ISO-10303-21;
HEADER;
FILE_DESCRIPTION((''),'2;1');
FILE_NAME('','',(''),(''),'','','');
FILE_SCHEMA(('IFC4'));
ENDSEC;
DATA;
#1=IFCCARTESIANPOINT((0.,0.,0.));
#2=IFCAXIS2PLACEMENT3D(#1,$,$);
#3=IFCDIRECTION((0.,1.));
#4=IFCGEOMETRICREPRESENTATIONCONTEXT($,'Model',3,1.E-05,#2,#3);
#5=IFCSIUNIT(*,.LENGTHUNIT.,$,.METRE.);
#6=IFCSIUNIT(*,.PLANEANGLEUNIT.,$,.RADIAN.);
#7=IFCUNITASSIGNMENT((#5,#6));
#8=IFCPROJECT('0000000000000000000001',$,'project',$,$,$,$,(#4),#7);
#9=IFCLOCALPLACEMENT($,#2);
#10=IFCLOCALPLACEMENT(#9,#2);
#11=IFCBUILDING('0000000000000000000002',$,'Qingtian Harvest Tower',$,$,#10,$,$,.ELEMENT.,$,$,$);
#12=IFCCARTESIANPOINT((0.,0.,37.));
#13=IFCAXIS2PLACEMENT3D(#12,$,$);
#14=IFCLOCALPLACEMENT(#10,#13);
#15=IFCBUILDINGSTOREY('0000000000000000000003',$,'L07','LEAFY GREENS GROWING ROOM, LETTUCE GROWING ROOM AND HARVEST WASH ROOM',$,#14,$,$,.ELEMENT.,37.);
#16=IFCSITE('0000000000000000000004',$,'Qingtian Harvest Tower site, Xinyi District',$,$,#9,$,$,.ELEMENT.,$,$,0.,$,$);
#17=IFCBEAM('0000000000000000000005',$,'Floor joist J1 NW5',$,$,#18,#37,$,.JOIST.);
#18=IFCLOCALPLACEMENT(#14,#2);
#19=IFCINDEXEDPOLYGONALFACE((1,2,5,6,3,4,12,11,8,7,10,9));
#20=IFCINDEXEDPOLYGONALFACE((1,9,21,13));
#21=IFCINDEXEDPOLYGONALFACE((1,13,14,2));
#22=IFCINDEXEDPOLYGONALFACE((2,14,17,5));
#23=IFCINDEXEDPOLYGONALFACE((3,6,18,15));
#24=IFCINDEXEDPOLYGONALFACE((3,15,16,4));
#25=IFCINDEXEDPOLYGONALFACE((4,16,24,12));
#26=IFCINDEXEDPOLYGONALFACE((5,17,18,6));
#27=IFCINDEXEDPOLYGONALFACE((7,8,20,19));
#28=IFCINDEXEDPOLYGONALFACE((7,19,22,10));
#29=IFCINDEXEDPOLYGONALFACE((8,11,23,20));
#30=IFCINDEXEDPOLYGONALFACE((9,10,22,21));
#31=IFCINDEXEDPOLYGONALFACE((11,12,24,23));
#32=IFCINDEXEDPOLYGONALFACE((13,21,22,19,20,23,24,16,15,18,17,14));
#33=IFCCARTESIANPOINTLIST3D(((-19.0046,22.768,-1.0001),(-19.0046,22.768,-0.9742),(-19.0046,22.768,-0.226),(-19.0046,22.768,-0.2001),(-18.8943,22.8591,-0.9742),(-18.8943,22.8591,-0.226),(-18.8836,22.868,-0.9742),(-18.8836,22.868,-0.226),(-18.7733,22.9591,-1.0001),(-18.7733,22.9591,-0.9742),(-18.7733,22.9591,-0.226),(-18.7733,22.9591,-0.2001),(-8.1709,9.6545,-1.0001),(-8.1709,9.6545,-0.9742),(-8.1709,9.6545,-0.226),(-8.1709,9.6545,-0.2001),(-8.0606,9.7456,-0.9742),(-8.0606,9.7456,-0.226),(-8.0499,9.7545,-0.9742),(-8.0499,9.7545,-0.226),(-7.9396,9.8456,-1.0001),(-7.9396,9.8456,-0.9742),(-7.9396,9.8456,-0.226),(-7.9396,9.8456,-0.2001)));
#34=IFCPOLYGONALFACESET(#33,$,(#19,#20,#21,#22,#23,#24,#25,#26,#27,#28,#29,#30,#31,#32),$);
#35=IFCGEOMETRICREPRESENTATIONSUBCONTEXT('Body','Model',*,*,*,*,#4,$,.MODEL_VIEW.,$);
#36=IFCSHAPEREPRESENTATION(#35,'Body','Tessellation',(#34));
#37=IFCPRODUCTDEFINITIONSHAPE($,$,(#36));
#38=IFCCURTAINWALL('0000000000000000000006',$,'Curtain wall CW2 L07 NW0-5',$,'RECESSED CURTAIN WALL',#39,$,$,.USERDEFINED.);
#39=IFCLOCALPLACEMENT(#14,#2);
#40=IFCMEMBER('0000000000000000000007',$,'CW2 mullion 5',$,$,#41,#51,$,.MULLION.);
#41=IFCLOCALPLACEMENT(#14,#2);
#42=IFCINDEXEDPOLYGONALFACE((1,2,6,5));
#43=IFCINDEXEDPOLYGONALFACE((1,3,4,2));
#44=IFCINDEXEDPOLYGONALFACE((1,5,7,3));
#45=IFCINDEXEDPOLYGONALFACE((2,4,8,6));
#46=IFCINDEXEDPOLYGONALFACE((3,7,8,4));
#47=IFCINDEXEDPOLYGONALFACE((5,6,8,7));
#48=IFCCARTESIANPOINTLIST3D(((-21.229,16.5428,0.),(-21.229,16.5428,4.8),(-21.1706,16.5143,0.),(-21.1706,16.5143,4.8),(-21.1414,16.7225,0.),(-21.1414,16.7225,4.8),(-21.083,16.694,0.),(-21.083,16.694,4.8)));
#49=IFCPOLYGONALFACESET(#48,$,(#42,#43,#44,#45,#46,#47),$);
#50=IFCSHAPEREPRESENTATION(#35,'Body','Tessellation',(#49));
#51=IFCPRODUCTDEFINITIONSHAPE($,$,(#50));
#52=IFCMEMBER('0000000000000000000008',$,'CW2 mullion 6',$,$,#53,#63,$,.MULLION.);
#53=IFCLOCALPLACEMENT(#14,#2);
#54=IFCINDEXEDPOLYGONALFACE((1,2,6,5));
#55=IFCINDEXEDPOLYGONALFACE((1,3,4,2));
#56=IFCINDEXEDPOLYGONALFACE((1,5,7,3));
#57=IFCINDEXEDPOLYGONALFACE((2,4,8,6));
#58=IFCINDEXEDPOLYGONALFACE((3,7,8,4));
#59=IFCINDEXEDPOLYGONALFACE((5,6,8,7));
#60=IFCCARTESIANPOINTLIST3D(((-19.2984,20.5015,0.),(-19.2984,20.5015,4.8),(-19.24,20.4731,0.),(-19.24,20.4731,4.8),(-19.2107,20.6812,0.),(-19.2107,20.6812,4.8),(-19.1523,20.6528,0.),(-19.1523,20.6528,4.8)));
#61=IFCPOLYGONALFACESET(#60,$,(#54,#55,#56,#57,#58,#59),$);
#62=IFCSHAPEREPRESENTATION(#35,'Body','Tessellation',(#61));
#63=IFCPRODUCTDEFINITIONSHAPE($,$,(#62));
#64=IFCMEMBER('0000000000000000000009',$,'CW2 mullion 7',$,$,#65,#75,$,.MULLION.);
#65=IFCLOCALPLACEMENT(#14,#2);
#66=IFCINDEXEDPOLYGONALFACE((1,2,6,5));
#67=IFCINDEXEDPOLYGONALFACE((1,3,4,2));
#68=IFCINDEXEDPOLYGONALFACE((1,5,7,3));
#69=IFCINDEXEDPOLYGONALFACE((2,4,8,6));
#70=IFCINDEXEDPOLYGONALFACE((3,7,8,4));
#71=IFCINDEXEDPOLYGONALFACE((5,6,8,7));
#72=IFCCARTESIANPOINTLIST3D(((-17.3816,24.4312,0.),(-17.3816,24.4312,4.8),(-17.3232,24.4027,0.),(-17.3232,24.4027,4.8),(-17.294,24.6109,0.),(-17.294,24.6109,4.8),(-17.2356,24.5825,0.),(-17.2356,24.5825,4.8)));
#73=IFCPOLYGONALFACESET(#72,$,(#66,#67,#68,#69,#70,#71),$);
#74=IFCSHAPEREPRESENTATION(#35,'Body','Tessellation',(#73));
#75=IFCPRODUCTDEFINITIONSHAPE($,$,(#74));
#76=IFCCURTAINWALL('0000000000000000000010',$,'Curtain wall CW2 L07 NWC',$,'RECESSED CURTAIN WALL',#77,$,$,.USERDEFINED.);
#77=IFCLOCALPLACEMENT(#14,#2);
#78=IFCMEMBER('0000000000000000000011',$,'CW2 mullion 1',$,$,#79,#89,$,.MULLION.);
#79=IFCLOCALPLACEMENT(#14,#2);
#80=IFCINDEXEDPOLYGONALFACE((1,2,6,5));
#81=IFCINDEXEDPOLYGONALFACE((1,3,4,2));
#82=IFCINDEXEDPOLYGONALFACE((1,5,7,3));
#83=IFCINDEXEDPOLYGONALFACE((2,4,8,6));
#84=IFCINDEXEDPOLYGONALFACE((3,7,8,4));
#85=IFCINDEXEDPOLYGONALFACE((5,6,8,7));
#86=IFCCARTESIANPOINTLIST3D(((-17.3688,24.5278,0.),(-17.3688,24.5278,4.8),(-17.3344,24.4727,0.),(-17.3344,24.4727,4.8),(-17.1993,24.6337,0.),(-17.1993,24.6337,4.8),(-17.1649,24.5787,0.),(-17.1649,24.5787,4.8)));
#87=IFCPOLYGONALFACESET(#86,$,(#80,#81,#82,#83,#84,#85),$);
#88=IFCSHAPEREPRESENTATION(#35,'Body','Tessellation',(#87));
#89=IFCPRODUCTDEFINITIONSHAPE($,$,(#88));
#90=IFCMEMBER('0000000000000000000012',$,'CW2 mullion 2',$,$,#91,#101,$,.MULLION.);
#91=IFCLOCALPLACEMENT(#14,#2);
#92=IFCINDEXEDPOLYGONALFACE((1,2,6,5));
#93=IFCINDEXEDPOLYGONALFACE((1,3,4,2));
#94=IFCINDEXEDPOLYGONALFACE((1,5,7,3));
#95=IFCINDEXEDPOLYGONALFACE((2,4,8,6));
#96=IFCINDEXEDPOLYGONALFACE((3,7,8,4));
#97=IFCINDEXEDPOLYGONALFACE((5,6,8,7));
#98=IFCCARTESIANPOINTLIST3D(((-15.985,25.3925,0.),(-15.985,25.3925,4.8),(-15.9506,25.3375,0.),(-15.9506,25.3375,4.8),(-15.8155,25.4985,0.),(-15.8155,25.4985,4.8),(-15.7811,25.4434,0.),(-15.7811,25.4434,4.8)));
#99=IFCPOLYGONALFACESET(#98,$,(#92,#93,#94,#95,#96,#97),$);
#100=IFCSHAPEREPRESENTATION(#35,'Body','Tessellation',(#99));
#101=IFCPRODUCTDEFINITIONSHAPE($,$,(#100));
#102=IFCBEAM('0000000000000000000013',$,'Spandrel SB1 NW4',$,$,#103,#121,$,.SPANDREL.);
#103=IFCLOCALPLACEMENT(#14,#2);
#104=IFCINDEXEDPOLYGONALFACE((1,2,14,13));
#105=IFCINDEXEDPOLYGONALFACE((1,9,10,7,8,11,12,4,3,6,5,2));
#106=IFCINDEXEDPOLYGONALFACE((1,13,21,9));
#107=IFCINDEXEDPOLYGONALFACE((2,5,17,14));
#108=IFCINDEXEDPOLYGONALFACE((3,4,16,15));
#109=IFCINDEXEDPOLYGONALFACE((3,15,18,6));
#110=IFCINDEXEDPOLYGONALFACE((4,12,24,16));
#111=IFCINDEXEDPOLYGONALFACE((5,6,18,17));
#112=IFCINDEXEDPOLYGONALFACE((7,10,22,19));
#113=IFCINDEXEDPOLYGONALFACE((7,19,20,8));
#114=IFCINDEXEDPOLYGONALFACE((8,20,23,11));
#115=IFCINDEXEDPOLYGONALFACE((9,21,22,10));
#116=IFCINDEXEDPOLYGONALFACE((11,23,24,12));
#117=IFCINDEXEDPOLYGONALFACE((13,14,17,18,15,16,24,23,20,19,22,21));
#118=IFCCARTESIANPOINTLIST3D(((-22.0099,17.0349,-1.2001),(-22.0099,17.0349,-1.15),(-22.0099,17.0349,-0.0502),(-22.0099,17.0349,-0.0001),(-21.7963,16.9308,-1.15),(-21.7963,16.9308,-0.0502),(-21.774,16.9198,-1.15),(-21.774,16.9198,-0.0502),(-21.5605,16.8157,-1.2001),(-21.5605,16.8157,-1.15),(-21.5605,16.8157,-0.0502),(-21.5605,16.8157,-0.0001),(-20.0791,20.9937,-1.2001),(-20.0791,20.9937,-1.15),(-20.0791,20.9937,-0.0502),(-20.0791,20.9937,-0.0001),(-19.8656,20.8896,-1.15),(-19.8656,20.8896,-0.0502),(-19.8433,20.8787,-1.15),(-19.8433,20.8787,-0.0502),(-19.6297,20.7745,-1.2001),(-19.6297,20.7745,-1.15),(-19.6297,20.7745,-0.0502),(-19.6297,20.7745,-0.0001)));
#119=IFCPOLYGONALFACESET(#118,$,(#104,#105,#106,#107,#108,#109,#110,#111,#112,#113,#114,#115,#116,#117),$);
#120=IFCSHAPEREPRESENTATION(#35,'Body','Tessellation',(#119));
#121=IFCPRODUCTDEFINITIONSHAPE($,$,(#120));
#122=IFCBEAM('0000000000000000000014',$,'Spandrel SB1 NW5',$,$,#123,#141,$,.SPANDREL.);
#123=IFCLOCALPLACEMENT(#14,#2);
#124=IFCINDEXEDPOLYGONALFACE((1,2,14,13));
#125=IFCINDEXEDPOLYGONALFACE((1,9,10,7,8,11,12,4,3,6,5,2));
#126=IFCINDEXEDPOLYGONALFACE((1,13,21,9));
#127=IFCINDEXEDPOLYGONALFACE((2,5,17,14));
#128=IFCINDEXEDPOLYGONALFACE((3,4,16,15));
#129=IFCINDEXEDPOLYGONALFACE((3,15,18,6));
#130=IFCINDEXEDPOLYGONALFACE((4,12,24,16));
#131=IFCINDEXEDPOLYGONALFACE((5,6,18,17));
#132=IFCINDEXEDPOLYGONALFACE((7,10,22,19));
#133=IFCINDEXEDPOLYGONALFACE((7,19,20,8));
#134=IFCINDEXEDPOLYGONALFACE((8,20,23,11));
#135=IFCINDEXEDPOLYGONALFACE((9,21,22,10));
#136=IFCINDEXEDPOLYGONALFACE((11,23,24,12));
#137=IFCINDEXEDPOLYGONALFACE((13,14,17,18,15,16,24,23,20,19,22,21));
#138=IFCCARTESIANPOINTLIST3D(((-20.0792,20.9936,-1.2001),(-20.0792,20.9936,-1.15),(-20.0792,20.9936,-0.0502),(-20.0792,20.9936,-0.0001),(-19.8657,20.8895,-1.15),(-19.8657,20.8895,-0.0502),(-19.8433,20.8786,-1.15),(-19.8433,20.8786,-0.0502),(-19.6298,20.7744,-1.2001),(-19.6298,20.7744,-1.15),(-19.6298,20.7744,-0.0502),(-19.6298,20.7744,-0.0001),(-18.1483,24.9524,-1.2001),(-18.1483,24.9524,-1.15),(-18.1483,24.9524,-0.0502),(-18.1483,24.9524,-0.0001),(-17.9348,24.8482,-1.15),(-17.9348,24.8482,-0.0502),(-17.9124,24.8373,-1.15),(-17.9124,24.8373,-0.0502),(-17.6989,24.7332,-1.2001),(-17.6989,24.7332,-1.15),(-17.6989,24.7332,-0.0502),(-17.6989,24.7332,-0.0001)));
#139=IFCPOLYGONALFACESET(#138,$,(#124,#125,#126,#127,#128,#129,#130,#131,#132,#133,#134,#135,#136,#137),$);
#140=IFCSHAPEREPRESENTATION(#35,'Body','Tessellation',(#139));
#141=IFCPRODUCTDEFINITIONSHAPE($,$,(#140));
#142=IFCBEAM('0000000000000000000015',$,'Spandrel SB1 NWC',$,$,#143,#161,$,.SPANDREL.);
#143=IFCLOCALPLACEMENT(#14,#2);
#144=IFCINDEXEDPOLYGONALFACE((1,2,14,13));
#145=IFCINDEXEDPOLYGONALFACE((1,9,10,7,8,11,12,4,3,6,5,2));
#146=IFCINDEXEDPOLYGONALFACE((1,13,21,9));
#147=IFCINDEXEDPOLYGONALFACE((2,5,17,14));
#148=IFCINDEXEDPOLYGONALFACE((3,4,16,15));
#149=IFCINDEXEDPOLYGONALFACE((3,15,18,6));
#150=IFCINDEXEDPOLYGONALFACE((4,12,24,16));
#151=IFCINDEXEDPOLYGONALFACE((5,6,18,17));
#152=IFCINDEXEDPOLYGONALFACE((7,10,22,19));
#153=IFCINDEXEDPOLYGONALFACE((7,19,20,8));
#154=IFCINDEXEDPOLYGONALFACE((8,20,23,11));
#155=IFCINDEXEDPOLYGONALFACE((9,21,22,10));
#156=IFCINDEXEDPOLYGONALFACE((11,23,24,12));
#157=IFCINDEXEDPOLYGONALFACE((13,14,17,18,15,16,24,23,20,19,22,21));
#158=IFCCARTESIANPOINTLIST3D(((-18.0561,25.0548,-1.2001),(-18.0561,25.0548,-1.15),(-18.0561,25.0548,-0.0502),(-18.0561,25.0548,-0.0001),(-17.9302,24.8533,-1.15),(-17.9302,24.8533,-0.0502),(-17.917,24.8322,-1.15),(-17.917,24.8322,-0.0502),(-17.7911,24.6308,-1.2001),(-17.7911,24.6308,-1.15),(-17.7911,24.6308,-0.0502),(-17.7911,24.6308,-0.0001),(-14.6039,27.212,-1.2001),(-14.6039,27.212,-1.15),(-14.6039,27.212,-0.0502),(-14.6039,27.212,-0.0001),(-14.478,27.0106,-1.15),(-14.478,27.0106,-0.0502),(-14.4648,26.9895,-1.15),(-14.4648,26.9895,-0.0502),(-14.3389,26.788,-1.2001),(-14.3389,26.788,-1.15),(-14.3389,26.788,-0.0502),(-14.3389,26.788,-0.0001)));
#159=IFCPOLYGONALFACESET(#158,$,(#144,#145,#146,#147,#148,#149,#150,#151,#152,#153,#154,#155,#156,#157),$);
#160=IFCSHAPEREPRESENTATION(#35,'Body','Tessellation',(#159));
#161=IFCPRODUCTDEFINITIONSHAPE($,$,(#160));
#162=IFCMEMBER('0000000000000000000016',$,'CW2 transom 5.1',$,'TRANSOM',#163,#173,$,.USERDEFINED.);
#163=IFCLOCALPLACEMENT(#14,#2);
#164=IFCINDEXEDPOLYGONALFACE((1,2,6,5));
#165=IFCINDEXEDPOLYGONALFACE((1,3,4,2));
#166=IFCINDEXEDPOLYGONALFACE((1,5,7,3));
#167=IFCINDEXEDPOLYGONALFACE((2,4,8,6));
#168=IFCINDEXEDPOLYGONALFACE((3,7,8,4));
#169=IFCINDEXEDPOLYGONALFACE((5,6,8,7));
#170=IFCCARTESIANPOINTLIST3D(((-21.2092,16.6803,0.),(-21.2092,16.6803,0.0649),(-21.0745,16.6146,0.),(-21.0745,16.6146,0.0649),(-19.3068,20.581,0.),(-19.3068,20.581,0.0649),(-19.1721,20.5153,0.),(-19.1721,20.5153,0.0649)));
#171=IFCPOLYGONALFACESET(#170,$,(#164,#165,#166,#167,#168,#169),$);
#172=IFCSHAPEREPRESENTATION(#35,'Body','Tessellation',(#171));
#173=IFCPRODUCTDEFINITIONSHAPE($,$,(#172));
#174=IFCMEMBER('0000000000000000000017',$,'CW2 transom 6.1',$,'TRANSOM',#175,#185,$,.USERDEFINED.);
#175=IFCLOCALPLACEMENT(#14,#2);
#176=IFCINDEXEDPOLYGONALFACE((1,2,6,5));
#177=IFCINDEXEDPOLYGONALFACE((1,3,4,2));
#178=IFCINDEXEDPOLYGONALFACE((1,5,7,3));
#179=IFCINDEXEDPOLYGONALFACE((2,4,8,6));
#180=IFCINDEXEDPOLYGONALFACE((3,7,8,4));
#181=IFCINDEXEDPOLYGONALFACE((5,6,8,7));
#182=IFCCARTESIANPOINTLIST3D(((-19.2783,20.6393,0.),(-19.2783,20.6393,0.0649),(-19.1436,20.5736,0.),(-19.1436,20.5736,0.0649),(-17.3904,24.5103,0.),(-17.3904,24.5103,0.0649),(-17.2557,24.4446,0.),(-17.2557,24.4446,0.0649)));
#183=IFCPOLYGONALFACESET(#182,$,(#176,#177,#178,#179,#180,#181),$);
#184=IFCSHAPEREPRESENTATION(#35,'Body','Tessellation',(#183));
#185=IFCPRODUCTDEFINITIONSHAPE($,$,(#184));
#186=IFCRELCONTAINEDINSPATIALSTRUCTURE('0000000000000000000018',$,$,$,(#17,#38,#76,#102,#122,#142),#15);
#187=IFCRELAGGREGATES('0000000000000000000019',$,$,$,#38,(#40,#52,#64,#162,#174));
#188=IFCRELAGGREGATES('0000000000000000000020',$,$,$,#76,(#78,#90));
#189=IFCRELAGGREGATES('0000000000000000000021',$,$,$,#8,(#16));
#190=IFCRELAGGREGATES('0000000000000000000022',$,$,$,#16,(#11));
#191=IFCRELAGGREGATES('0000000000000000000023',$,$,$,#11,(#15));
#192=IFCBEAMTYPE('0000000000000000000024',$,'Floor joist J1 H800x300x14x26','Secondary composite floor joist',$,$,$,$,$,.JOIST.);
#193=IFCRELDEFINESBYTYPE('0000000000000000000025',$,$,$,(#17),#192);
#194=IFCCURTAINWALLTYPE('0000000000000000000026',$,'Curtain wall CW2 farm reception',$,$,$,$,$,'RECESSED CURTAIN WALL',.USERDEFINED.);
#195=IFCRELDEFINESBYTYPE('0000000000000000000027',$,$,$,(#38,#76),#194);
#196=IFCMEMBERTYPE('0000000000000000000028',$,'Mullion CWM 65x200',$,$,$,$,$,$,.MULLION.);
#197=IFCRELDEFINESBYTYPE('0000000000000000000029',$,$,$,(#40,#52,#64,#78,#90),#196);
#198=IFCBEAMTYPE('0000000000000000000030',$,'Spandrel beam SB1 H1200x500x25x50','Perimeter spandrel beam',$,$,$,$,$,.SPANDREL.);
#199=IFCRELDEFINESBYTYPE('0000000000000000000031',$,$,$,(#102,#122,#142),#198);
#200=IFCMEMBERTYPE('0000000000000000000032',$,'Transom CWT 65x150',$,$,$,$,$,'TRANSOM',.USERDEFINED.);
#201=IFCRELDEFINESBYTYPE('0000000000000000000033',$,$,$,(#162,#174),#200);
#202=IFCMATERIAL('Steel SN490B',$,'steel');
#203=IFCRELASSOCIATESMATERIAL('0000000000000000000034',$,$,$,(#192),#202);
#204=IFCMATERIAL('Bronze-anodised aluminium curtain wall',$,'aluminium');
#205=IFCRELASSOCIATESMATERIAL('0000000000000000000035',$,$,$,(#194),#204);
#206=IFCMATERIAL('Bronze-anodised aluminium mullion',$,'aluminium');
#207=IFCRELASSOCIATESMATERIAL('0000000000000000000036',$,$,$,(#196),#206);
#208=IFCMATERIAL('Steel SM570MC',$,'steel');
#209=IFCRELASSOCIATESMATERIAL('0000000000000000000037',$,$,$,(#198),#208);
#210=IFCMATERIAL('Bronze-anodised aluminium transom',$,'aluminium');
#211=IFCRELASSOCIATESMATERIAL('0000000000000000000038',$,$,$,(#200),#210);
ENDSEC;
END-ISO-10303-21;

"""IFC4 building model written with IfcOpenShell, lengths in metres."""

from ifc_helpers import new_model, si_unit, direction, frame, origin, origin_2d, place, context, subcontext, project, spatial, rectangle, i_section, extrude, material, material_profile, profile_set, type_object, element, aggregate, save


model = new_model("IFC4")

# Units and contexts
model_context = context("Model", 3, precision=1e-05, world=origin(), true_north=direction((0.0, 1.0)))
body_context = subcontext(model_context, "Body", "Model", "MODEL_VIEW")
ifc_project = project(units=[si_unit("LENGTHUNIT", "METRE"), si_unit("PLANEANGLEUNIT", "RADIAN")], contexts=[model_context])

# Site, building, storey
site_placement = place(None, origin())
site = spatial("IfcSite", under=ifc_project, at=site_placement, Name="Qingtian Harvest Tower site, Xinyi District", CompositionType="ELEMENT", RefElevation=0.0)
building_placement = place(site_placement, origin())
building = spatial("IfcBuilding", under=site, at=building_placement, Name="Qingtian Harvest Tower", CompositionType="ELEMENT")
storey_placement = place(building_placement, frame((0.0, 0.0, 37.0)))
storey = spatial("IfcBuildingStorey", under=building, at=storey_placement, Name="L07", Description="LEAFY GREENS GROWING ROOM, LETTUCE GROWING ROOM AND HARVEST WASH ROOM", CompositionType="ELEMENT", Elevation=37.0)

# Beam
ifc_material_1 = material(Name="Steel SN490B", Category="steel")
ifc_material_profile_1 = material_profile(ifc_material_1, i_section(OverallWidth=0.3, OverallDepth=0.8, WebThickness=0.0139, FlangeThickness=0.0259, at=origin_2d()), Name="H800x300x14x26")
ifc_profile_set_1 = profile_set([ifc_material_profile_1], Name="Steel SN490B")
beam_type_1 = type_object("IfcBeamType", Name="Floor joist J1 H800x300x14x26", Description="Secondary composite floor joist", PredefinedType="JOIST", material=ifc_profile_set_1)
beam_1_placement = place(storey_placement, frame((-18.8889, 22.8635, -0.6001), z_axis=(0.63691, -0.770938, 0.0), x_axis=(0.770938, 0.63691, 0.0)))
element("IfcBeam", 1, at=beam_1_placement, inside=storey, type_object=beam_type_1, Name="Floor joist J1 NW5", PredefinedType="JOIST", context=body_context, shape_type="SweptSolid", body=[
    extrude(i_section(OverallWidth=0.3, OverallDepth=0.8, WebThickness=0.0139, FlangeThickness=0.0259, at=origin_2d()), origin(), (0.0, 0.0, 1.0), 17.0098),
])

# Curtain walls, members
ifc_material_2 = material(Name="Bronze-anodised aluminium curtain wall", Category="aluminium")
curtain_wall_type = type_object("IfcCurtainWallType", Name="Curtain wall CW2 farm reception", ElementType="RECESSED CURTAIN WALL", PredefinedType="USERDEFINED", material=ifc_material_2)
curtain_wall_1_placement = place(storey_placement, origin())
curtain_wall_1 = element("IfcCurtainWall", 2, at=curtain_wall_1_placement, inside=storey, type_object=curtain_wall_type, Name="Curtain wall CW2 L07 NW0-5", ObjectType="RECESSED CURTAIN WALL", PredefinedType="USERDEFINED")
ifc_material_3 = material(Name="Bronze-anodised aluminium mullion", Category="aluminium")
ifc_material_profile_2 = material_profile(ifc_material_3, rectangle(XDim=0.0649, YDim=0.2, at=origin_2d()), Name="AL 65x200")
ifc_profile_set_2 = profile_set([ifc_material_profile_2], Name="Bronze-anodised aluminium mullion")
member_type_1 = type_object("IfcMemberType", Name="Mullion CWM 65x200", PredefinedType="MULLION", material=ifc_profile_set_2)
member_1_placement = place(storey_placement, frame((-21.156, 16.6184, 0.0), z_axis=(0.0, 0.0, 1.0), x_axis=(-0.898794, 0.438371, 0.0)))
member_1 = element("IfcMember", 3, at=member_1_placement, type_object=member_type_1, Name="CW2 mullion 5", PredefinedType="MULLION", context=body_context, shape_type="SweptSolid", body=[
    extrude(rectangle(XDim=0.0649, YDim=0.2, at=origin_2d()), origin(), (0.0, 0.0, 1.0), 4.8),
])
member_2_placement = place(storey_placement, frame((-19.2253, 20.5771, 0.0), z_axis=(0.0, 0.0, 1.0), x_axis=(-0.898794, 0.438371, 0.0)))
member_2 = element("IfcMember", 4, at=member_2_placement, type_object=member_type_1, Name="CW2 mullion 6", PredefinedType="MULLION", context=body_context, shape_type="SweptSolid", body=[
    extrude(rectangle(XDim=0.0649, YDim=0.2, at=origin_2d()), origin(), (0.0, 0.0, 1.0), 4.8),
])
member_3_placement = place(storey_placement, frame((-17.3086, 24.5068, 0.0), z_axis=(0.0, 0.0, 1.0), x_axis=(-0.898794, 0.438371, 0.0)))
member_3 = element("IfcMember", 5, at=member_3_placement, type_object=member_type_1, Name="CW2 mullion 7", PredefinedType="MULLION", context=body_context, shape_type="SweptSolid", body=[
    extrude(rectangle(XDim=0.0649, YDim=0.2, at=origin_2d()), origin(), (0.0, 0.0, 1.0), 4.8),
])
curtain_wall_2_placement = place(storey_placement, origin())
curtain_wall_2 = element("IfcCurtainWall", 6, at=curtain_wall_2_placement, inside=storey, type_object=curtain_wall_type, Name="Curtain wall CW2 L07 NWC", ObjectType="RECESSED CURTAIN WALL", PredefinedType="USERDEFINED")
member_4_placement = place(storey_placement, frame((-17.2668, 24.5532, 0.0), z_axis=(0.0, 0.0, 1.0), x_axis=(-0.529919, 0.848048, 0.0)))
member_4 = element("IfcMember", 7, at=member_4_placement, type_object=member_type_1, Name="CW2 mullion 1", PredefinedType="MULLION", context=body_context, shape_type="SweptSolid", body=[
    extrude(rectangle(XDim=0.0649, YDim=0.2, at=origin_2d()), origin(), (0.0, 0.0, 1.0), 4.8),
])
member_5_placement = place(storey_placement, frame((-15.8831, 25.418, 0.0), z_axis=(0.0, 0.0, 1.0), x_axis=(-0.529919, 0.848048, 0.0)))
member_5 = element("IfcMember", 8, at=member_5_placement, type_object=member_type_1, Name="CW2 mullion 2", PredefinedType="MULLION", context=body_context, shape_type="SweptSolid", body=[
    extrude(rectangle(XDim=0.0649, YDim=0.2, at=origin_2d()), origin(), (0.0, 0.0, 1.0), 4.8),
])

# Beams
ifc_material_4 = material(Name="Steel SM570MC", Category="steel")
ifc_material_profile_3 = material_profile(ifc_material_4, i_section(OverallWidth=0.5, OverallDepth=1.2, WebThickness=0.0249, FlangeThickness=0.05, at=origin_2d()), Name="H1200x500x25x50")
ifc_profile_set_3 = profile_set([ifc_material_profile_3], Name="Steel SM570MC")
beam_type_2 = type_object("IfcBeamType", Name="Spandrel beam SB1 H1200x500x25x50", Description="Perimeter spandrel beam", PredefinedType="SPANDREL", material=ifc_profile_set_3)
for number, where, z_axis, x_axis, name in (
    (9, (-21.7852, 16.9253, -0.6001), (0.438345, 0.898807, 0.0), (-0.898807, 0.438345, 0.0), "Spandrel SB1 NW4"),
    (10, (-19.8545, 20.884, -0.6001), (0.43839, 0.898785, 0.0), (-0.898785, 0.43839, 0.0), "Spandrel SB1 NW5"),
):
    element("IfcBeam", number, at=place(storey_placement, frame(where, z_axis=z_axis, x_axis=x_axis)), inside=storey, type_object=beam_type_2, Name=name, PredefinedType="SPANDREL", context=body_context, shape_type="SweptSolid", body=[
        extrude(i_section(OverallWidth=0.5, OverallDepth=1.2, WebThickness=0.0249, FlangeThickness=0.05, at=origin_2d()), origin(), (0.0, 0.0, 1.0), 4.4045),
    ])
beam_2_placement = place(storey_placement, frame((-17.9236, 24.8428, -0.6001), z_axis=(0.848039, 0.529934, 0.0), x_axis=(-0.529934, 0.848039, 0.0)))
element("IfcBeam", 11, at=beam_2_placement, inside=storey, type_object=beam_type_2, Name="Spandrel SB1 NWC", PredefinedType="SPANDREL", context=body_context, shape_type="SweptSolid", body=[
    extrude(i_section(OverallWidth=0.5, OverallDepth=1.2, WebThickness=0.0249, FlangeThickness=0.05, at=origin_2d()), origin(), (0.0, 0.0, 1.0), 4.0708),
])

# Members
ifc_material_5 = material(Name="Bronze-anodised aluminium transom", Category="aluminium")
ifc_material_profile_4 = material_profile(ifc_material_5, rectangle(XDim=0.1499, YDim=0.0649, at=origin_2d()), Name="AL 65x150")
ifc_profile_set_4 = profile_set([ifc_material_profile_4], Name="Bronze-anodised aluminium transom")
member_type_2 = type_object("IfcMemberType", Name="Transom CWT 65x150", ElementType="TRANSOM", PredefinedType="USERDEFINED", material=ifc_profile_set_4)
member_6_placement = place(storey_placement, frame((-21.1418, 16.6475, 0.0325), z_axis=(0.438348, 0.898805, 0.0), x_axis=(-0.898805, 0.438348, 0.0)))
member_6 = element("IfcMember", 12, at=member_6_placement, type_object=member_type_2, Name="CW2 transom 5.1", ObjectType="TRANSOM", PredefinedType="USERDEFINED", context=body_context, shape_type="SweptSolid", body=[
    extrude(rectangle(XDim=0.1499, YDim=0.0649, at=origin_2d()), origin(), (0.0, 0.0, 1.0), 4.3398),
])
member_7_placement = place(storey_placement, frame((-19.2109, 20.6064, 0.0325), z_axis=(0.438349, 0.898805, 0.0), x_axis=(-0.898805, 0.438349, 0.0)))
member_7 = element("IfcMember", 13, at=member_7_placement, type_object=member_type_2, Name="CW2 transom 6.1", ObjectType="TRANSOM", PredefinedType="USERDEFINED", context=body_context, shape_type="SweptSolid", body=[
    extrude(rectangle(XDim=0.1499, YDim=0.0649, at=origin_2d()), origin(), (0.0, 0.0, 1.0), 4.3069),
])

aggregate(curtain_wall_1, [member_1, member_2, member_3, member_6, member_7])
aggregate(curtain_wall_2, [member_4, member_5])

save(model, "model.ifc")
